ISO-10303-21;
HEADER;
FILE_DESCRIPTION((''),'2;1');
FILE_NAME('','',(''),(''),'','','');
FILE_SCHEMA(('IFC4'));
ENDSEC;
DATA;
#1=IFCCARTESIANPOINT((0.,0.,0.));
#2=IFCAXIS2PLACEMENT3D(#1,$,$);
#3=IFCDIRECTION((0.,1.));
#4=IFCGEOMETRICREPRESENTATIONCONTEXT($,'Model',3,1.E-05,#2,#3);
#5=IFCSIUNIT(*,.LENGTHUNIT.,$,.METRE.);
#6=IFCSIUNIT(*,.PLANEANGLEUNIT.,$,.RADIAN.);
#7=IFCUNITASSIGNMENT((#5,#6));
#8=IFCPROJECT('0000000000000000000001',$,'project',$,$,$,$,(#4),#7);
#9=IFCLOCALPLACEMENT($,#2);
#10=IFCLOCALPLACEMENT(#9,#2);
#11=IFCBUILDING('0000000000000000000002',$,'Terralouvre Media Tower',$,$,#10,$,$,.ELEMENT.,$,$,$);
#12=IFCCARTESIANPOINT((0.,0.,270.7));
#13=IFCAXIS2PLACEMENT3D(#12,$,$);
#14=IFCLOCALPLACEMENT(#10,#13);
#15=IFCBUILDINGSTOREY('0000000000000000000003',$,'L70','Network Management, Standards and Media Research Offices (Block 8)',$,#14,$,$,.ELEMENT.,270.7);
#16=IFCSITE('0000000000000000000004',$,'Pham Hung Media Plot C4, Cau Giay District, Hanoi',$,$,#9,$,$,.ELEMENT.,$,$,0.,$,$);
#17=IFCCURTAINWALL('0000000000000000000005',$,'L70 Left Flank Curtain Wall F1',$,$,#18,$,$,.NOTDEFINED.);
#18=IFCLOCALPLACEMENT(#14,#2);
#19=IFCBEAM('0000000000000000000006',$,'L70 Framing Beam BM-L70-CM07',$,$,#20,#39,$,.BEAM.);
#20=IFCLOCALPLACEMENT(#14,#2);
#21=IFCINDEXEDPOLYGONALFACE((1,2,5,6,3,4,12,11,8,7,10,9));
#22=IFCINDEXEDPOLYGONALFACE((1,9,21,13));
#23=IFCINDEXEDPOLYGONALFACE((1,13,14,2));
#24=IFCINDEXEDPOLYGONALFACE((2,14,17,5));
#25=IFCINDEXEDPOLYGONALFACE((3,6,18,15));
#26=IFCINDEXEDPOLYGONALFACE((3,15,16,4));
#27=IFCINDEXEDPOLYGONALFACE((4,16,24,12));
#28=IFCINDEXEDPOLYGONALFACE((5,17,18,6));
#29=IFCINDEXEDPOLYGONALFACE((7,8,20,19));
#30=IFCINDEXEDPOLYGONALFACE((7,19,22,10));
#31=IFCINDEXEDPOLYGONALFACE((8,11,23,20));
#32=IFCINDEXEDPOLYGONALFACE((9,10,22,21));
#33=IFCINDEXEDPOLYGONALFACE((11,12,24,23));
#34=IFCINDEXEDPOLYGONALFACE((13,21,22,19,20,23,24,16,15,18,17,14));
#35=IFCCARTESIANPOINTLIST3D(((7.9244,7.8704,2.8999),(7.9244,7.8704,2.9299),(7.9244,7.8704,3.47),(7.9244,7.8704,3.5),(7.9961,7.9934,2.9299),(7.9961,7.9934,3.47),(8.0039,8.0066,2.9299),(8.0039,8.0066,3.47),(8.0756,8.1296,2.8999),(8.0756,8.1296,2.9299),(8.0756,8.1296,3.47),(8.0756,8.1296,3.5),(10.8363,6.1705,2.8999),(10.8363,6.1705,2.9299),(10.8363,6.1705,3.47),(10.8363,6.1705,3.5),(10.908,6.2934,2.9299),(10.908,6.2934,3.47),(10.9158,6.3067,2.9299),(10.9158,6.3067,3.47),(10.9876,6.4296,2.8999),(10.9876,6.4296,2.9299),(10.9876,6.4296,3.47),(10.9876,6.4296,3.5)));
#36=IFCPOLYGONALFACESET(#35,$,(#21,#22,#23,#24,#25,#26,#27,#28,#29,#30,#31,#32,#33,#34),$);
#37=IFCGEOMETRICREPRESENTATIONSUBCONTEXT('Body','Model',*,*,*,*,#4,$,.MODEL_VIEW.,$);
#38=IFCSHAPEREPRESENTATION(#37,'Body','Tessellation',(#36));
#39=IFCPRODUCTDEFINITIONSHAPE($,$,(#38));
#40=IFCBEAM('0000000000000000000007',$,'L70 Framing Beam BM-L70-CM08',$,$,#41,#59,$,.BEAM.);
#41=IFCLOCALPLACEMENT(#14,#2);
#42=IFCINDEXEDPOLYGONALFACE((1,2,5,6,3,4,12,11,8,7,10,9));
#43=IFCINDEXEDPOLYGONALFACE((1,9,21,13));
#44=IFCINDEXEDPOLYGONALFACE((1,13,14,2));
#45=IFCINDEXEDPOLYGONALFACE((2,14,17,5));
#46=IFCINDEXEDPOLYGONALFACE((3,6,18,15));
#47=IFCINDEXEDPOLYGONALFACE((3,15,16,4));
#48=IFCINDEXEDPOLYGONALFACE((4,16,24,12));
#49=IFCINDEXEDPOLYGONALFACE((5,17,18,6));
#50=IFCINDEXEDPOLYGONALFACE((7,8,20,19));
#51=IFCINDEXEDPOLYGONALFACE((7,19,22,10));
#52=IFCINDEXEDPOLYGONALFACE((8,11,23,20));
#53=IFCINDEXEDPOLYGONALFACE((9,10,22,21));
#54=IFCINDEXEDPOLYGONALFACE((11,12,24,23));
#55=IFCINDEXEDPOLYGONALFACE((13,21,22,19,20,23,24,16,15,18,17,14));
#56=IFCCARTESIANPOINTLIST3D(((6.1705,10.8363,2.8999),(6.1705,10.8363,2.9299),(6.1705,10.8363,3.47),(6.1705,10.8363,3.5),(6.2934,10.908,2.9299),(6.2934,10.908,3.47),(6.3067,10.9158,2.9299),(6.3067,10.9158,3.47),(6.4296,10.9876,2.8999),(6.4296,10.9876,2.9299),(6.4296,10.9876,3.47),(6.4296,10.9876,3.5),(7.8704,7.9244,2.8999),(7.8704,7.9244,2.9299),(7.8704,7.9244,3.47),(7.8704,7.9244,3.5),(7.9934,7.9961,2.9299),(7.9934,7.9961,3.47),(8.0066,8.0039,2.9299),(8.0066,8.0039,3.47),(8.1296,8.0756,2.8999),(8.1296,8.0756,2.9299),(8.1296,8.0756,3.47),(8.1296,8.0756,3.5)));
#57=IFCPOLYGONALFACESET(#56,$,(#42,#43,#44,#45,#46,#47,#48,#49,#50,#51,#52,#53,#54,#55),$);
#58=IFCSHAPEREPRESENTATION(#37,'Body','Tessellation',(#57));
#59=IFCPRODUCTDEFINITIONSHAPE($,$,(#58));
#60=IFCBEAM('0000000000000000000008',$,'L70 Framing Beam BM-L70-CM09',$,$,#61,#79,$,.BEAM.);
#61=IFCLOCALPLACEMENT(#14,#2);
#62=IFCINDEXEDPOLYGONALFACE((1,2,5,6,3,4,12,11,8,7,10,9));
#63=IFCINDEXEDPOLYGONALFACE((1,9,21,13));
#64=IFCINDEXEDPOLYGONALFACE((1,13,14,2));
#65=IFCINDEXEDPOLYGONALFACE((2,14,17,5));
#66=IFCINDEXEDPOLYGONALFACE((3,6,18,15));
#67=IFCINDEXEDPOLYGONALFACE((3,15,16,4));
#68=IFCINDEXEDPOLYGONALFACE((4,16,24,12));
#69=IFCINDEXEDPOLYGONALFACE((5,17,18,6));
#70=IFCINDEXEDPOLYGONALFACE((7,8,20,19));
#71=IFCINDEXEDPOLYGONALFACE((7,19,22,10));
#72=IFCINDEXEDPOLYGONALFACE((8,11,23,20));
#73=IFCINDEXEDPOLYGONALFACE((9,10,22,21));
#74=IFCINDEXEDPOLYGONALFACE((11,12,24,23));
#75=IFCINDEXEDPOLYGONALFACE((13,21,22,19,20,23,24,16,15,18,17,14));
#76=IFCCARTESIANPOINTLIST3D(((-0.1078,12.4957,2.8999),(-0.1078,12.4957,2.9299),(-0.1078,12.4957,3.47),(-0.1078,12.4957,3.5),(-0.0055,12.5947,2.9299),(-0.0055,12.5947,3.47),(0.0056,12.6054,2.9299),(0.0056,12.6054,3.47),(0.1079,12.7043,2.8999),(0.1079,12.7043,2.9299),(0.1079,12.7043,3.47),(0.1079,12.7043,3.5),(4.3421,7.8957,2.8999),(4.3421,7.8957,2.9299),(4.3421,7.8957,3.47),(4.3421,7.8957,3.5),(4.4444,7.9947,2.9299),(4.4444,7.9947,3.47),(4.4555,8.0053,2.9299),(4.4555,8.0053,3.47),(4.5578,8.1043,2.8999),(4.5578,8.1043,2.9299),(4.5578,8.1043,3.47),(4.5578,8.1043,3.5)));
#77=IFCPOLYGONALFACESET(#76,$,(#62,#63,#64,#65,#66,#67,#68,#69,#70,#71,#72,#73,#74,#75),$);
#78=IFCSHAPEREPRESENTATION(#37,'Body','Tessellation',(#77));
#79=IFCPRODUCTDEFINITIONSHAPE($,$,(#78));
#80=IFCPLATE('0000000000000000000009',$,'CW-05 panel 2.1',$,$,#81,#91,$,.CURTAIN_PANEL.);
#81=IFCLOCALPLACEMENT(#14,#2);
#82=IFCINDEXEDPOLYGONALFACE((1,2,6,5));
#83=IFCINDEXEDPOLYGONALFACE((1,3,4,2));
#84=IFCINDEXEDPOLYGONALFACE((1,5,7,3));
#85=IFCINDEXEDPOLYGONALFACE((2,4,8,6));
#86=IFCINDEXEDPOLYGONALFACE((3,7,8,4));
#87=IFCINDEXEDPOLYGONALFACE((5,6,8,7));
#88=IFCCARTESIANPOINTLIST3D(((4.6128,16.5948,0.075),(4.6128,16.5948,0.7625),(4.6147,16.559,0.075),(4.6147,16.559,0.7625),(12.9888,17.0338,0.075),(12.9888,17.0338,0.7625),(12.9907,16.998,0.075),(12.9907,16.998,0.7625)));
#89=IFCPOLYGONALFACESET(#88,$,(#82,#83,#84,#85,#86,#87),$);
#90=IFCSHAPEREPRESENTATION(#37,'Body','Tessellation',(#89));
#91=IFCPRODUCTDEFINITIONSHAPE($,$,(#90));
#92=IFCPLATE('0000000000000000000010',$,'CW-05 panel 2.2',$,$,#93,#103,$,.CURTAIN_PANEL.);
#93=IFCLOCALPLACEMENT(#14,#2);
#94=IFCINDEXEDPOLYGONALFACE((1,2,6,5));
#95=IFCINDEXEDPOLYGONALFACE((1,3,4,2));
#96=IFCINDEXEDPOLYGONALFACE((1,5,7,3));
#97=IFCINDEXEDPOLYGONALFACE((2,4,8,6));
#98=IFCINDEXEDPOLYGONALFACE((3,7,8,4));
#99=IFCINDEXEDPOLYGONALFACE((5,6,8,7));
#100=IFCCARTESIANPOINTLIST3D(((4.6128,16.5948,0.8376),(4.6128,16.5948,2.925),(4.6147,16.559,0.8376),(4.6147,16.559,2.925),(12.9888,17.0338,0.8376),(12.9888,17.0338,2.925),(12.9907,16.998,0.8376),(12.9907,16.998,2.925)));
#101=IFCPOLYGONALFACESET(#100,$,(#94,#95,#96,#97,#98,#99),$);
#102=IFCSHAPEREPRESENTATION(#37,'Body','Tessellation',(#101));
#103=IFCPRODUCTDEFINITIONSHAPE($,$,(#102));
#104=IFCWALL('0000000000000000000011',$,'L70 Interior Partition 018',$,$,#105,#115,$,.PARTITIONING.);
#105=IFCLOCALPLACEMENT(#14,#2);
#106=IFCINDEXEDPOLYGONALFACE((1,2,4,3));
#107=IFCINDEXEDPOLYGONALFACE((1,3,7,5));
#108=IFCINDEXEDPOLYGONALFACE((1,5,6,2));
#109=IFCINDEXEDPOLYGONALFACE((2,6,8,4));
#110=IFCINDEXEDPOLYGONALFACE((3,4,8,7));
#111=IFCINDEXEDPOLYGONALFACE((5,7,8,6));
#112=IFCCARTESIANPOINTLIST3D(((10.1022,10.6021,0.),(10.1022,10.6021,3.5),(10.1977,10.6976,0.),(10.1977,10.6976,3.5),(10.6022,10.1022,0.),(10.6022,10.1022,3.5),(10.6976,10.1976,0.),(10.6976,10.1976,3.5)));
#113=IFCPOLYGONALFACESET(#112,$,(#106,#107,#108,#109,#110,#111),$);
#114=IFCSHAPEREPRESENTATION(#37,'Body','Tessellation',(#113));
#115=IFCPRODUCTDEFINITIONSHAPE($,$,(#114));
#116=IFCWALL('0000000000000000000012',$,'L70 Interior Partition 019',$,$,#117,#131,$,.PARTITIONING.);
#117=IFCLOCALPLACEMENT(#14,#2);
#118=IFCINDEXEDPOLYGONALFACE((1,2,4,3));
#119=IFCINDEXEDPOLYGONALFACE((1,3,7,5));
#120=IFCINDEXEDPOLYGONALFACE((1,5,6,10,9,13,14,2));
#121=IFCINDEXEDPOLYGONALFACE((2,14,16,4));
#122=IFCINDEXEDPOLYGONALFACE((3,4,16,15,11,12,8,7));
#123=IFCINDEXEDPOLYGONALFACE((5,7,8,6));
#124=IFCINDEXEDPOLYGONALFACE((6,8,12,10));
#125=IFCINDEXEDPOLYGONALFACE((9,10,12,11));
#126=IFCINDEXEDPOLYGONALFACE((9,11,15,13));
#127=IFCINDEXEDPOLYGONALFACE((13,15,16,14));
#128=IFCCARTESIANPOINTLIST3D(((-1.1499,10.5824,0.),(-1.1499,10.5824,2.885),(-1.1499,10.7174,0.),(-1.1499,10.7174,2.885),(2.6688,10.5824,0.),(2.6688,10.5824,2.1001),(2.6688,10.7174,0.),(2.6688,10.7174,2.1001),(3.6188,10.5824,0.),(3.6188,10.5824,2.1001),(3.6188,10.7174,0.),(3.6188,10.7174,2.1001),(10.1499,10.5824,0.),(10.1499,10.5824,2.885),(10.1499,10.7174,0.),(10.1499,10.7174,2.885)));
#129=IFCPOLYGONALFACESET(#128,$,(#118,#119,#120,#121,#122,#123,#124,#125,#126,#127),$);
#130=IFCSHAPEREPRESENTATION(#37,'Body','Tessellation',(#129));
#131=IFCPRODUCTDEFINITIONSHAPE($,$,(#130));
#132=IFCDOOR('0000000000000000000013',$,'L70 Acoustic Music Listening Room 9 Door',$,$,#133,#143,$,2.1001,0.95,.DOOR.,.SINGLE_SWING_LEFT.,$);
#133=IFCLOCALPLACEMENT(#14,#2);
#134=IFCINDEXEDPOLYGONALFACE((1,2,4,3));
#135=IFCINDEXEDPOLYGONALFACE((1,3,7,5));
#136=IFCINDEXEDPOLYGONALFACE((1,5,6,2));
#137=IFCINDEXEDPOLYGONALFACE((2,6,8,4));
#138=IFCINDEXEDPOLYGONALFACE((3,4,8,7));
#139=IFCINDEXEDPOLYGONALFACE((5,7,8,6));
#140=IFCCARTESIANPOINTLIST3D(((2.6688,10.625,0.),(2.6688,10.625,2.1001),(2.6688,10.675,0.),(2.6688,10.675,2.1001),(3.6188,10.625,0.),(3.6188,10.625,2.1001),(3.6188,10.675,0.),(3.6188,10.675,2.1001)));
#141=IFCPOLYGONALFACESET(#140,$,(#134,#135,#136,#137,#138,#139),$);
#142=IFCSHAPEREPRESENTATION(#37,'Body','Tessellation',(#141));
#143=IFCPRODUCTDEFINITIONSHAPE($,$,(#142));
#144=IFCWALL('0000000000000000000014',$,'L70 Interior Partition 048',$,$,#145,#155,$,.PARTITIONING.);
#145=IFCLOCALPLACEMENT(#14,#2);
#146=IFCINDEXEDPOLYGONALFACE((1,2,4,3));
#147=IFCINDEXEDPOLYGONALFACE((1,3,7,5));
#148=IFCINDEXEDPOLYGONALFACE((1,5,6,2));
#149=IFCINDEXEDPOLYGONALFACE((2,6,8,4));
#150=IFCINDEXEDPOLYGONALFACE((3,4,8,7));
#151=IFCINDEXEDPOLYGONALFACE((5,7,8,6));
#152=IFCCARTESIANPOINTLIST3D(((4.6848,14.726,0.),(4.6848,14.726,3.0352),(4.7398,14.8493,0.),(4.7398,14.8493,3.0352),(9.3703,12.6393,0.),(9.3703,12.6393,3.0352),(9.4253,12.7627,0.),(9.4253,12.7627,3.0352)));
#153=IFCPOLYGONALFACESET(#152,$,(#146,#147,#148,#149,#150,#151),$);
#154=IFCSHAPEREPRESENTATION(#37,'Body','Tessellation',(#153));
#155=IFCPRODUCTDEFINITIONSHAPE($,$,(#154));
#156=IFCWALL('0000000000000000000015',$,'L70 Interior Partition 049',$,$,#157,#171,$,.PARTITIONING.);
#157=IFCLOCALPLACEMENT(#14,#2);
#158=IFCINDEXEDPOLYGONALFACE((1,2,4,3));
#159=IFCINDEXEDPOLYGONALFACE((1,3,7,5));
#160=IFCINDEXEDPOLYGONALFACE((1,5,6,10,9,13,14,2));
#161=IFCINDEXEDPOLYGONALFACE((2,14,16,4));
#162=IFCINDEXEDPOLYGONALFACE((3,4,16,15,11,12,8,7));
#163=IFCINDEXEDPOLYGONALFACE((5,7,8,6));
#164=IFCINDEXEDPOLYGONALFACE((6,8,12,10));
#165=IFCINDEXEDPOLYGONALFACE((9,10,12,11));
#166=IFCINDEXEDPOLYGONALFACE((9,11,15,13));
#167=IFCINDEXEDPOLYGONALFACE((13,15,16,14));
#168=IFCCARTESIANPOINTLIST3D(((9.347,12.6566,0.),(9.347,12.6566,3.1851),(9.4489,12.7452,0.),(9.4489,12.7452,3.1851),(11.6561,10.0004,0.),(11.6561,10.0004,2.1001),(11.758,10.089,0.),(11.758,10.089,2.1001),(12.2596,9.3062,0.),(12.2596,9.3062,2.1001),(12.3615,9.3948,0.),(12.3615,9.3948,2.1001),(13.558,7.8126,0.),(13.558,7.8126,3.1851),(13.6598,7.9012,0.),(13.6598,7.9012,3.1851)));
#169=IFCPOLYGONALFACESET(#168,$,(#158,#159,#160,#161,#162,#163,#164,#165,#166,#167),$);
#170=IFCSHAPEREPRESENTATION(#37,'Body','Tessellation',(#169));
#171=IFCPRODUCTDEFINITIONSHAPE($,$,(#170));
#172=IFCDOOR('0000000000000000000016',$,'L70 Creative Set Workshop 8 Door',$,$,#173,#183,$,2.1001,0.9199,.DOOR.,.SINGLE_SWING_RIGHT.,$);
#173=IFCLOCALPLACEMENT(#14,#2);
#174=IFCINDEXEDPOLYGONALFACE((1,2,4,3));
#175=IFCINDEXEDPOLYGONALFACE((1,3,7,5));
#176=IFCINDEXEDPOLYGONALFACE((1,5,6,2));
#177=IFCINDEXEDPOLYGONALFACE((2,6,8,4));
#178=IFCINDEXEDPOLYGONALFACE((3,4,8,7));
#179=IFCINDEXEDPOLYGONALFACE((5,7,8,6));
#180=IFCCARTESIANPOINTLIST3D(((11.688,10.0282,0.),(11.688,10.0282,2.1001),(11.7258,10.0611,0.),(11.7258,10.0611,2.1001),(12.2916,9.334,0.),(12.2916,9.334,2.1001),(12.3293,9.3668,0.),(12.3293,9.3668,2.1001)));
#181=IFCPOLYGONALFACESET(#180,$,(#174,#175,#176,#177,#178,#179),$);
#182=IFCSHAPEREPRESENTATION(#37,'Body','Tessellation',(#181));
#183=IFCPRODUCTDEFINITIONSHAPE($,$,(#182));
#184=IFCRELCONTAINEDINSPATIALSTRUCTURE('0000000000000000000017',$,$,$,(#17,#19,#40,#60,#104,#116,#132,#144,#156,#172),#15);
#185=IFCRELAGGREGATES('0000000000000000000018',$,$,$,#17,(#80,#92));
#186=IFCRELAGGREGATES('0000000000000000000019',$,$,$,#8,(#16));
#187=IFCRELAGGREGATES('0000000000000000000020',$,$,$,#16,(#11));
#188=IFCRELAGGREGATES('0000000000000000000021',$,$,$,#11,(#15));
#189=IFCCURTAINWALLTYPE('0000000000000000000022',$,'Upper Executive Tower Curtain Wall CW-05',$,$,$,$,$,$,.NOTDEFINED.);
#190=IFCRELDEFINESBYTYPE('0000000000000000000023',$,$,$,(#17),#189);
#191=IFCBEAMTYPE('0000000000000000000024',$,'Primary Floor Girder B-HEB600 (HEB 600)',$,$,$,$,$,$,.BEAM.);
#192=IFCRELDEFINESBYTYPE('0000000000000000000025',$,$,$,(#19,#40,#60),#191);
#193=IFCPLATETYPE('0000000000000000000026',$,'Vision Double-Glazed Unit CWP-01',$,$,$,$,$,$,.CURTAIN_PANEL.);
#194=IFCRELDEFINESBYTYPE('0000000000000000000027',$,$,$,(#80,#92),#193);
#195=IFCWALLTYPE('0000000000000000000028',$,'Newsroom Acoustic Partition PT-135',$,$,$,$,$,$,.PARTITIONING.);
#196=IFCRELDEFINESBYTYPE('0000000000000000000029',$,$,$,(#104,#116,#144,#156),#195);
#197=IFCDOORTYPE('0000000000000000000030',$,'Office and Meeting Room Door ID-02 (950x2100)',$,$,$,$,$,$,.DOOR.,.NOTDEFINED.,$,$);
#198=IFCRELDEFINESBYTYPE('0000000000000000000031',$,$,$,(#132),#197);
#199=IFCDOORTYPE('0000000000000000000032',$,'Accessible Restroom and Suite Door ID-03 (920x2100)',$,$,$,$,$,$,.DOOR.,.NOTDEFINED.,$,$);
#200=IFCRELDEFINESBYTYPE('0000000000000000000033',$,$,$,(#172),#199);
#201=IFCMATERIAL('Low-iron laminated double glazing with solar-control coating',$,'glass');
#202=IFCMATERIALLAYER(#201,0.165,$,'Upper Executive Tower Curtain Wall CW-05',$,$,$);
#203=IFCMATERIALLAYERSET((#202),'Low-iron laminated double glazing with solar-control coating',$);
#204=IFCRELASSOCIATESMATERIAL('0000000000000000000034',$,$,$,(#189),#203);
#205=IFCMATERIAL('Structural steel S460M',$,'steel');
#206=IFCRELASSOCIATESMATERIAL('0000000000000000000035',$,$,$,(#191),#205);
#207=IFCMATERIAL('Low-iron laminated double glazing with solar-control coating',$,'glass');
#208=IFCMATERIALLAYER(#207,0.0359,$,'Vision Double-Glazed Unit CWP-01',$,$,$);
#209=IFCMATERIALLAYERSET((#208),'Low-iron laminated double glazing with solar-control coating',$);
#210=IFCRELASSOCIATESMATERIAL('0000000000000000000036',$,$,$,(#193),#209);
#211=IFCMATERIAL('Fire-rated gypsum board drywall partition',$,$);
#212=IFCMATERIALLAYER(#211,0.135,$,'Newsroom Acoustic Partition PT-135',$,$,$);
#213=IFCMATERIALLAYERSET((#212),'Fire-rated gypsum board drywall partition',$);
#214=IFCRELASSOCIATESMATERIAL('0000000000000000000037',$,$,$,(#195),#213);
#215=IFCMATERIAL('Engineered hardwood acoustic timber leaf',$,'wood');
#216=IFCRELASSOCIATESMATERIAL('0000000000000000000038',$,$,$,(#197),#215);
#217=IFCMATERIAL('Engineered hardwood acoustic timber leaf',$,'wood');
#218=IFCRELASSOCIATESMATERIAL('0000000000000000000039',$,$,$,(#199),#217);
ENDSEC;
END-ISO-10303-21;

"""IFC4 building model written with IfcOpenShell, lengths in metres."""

from ifc_helpers import new_model, si_unit, direction, frame, frame_2d, origin, origin_2d, place, context, subcontext, project, spatial, rectangle, i_section, extrude, material, layer, layer_set, material_profile, profile_set, type_object, element, fill, aggregate, save


model = new_model("IFC4")

# Units and contexts
model_context = context("Model", 3, precision=1e-05, world=origin(), true_north=direction((0.0, 1.0)))
body_context = subcontext(model_context, "Body", "Model", "MODEL_VIEW")
ifc_project = project(units=[si_unit("LENGTHUNIT", "METRE"), si_unit("PLANEANGLEUNIT", "RADIAN")], contexts=[model_context])

# Site, building, storey
site_placement = place(None, origin())
site = spatial("IfcSite", under=ifc_project, at=site_placement, Name="Pham Hung Media Plot C4, Cau Giay District, Hanoi", CompositionType="ELEMENT", RefElevation=0.0)
building_placement = place(site_placement, origin())
building = spatial("IfcBuilding", under=site, at=building_placement, Name="Terralouvre Media Tower", CompositionType="ELEMENT")
storey_placement = place(building_placement, frame((0.0, 0.0, 270.7)))
storey = spatial("IfcBuildingStorey", under=building, at=storey_placement, Name="L70", Description="Network Management, Standards and Media Research Offices (Block 8)", CompositionType="ELEMENT", Elevation=270.7)

# Curtain wall
ifc_material_1 = material(Name="Low-iron laminated double glazing with solar-control coating", Category="glass")
ifc_layer_1 = layer(ifc_material_1, 0.165, Name="Upper Executive Tower Curtain Wall CW-05")
ifc_layer_set_1 = layer_set([ifc_layer_1], Name="Low-iron laminated double glazing with solar-control coating")
curtain_wall_type = type_object("IfcCurtainWallType", Name="Upper Executive Tower Curtain Wall CW-05", PredefinedType="NOTDEFINED", material=ifc_layer_set_1)
curtain_wall_placement = place(storey_placement, origin())
curtain_wall = element("IfcCurtainWall", 1, at=curtain_wall_placement, inside=storey, type_object=curtain_wall_type, Name="L70 Left Flank Curtain Wall F1", PredefinedType="NOTDEFINED")

# Beams
ifc_material_2 = material(Name="Structural steel S460M", Category="steel")
ifc_material_profile_1 = material_profile(ifc_material_2, i_section(OverallWidth=0.3, OverallDepth=0.6001, WebThickness=0.0154, FlangeThickness=0.03, at=origin_2d()), Name="HEB 600")
ifc_profile_set_1 = profile_set([ifc_material_profile_1], Name="Structural steel S460M")
beam_type_1 = type_object("IfcBeamType", Name="Primary Floor Girder B-HEB600 (HEB 600)", PredefinedType="BEAM", material=ifc_profile_set_1)
for number, where, z_axis, x_axis, name in (
    (2, (8.0, 8.0, 3.2), (0.863603, -0.504173, 0.0), (0.504173, 0.863603, 0.0), "L70 Framing Beam BM-L70-CM07"),
    (3, (8.0, 8.0, 3.2), (-0.504173, 0.863603, 0.0), (-0.863603, -0.504173, 0.0), "L70 Framing Beam BM-L70-CM08"),
):
    element("IfcBeam", number, at=place(storey_placement, frame(where, z_axis=z_axis, x_axis=x_axis)), inside=storey, type_object=beam_type_1, Name=name, PredefinedType="BEAM", context=body_context, shape_type="SweptSolid", body=[
        extrude(i_section(OverallWidth=0.3, OverallDepth=0.6001, WebThickness=0.0154, FlangeThickness=0.03, at=origin_2d()), origin(), (0.0, 0.0, 1.0), 3.3718),
    ])
beam_1_placement = place(storey_placement, frame((4.45, 8.0, 3.2), z_axis=(-0.69528, 0.718739, 0.0), x_axis=(-0.718739, -0.69528, 0.0)))
element("IfcBeam", 4, at=beam_1_placement, inside=storey, type_object=beam_type_1, Name="L70 Framing Beam BM-L70-CM09", PredefinedType="BEAM", context=body_context, shape_type="SweptSolid", body=[
    extrude(i_section(OverallWidth=0.3, OverallDepth=0.6001, WebThickness=0.0154, FlangeThickness=0.03, at=origin_2d()), origin(), (0.0, 0.0, 1.0), 6.4001),
])

# Plates
ifc_material_3 = material(Name="Low-iron laminated double glazing with solar-control coating", Category="glass")
ifc_layer_2 = layer(ifc_material_3, 0.0359, Name="Vision Double-Glazed Unit CWP-01")
ifc_layer_set_2 = layer_set([ifc_layer_2], Name="Low-iron laminated double glazing with solar-control coating")
plate_type = type_object("IfcPlateType", Name="Vision Double-Glazed Unit CWP-01", PredefinedType="CURTAIN_PANEL", material=ifc_layer_set_2)
plate_1_placement = place(storey_placement, frame((8.8018, 16.7964, 0.075), z_axis=(0.0, 0.0, 1.0), x_axis=(-0.99863, -0.052336, 0.0)))
plate_1 = element("IfcPlate", 5, at=plate_1_placement, type_object=plate_type, Name="CW-05 panel 2.1", PredefinedType="CURTAIN_PANEL", context=body_context, shape_type="SweptSolid", body=[
    extrude(rectangle(XDim=8.3875, YDim=0.0359, at=origin_2d()), origin(), (0.0, 0.0, 1.0), 0.6875),
])
plate_2_placement = place(storey_placement, frame((8.8018, 16.7964, 0.8376), z_axis=(0.0, 0.0, 1.0), x_axis=(-0.99863, -0.052336, 0.0)))
plate_2 = element("IfcPlate", 6, at=plate_2_placement, type_object=plate_type, Name="CW-05 panel 2.2", PredefinedType="CURTAIN_PANEL", context=body_context, shape_type="SweptSolid", body=[
    extrude(rectangle(XDim=8.3875, YDim=0.0359, at=origin_2d()), origin(), (0.0, 0.0, 1.0), 2.0874),
])
aggregate(curtain_wall, [plate_1, plate_2])

# Wall
ifc_material_4 = material(Name="Fire-rated gypsum board drywall partition")
ifc_layer_3 = layer(ifc_material_4, 0.135, Name="Newsroom Acoustic Partition PT-135")
ifc_layer_set_3 = layer_set([ifc_layer_3], Name="Fire-rated gypsum board drywall partition")
wall_type_1 = type_object("IfcWallType", Name="Newsroom Acoustic Partition PT-135", PredefinedType="PARTITIONING", material=ifc_layer_set_3)
wall_1_placement = place(storey_placement, frame((10.6499, 10.1499, 0.0), z_axis=(0.0, 0.0, 1.0), x_axis=(-0.707107, 0.707107, 0.0)))
element("IfcWall", 7, at=wall_1_placement, inside=storey, type_object=wall_type_1, Name="L70 Interior Partition 018", PredefinedType="PARTITIONING", context=body_context, shape_type="SweptSolid", body=[
    extrude(rectangle(XDim=0.707, YDim=0.135, at=frame_2d((0.3535, 0.0))), origin(), (0.0, 0.0, 1.0), 3.5),
])

# Wall, opening, door
wall_2_placement = place(storey_placement, frame((10.1499, 10.6499, 0.0), z_axis=(0.0, 0.0, 1.0), x_axis=(-1.0, 0.0, 0.0)))
wall_2 = element("IfcWall", 8, at=wall_2_placement, inside=storey, type_object=wall_type_1, Name="L70 Interior Partition 019", PredefinedType="PARTITIONING", context=body_context, shape_type="SweptSolid", body=[
    extrude(rectangle(XDim=11.2998, YDim=0.135, at=frame_2d((5.6499, 0.0))), origin(), (0.0, 0.0, 1.0), 2.885),
])
opening_1_placement = place(wall_2_placement, frame((6.531, 0.0, 0.0)))
opening_1 = element("IfcOpeningElement", 9, at=opening_1_placement, cuts=wall_2, PredefinedType="OPENING", context=body_context, shape_type="SweptSolid", body=[
    extrude(rectangle(XDim=0.95, YDim=2.1001, at=frame_2d((0.4751, 1.05))), frame((0.0, 0.0774, 0.0), z_axis=(0.0, -1.0, 0.0), x_axis=(1.0, 0.0, 0.0)), (0.0, 0.0, 1.0), 0.155),
])
ifc_material_5 = material(Name="Engineered hardwood acoustic timber leaf", Category="wood")
door_type_1 = type_object("IfcDoorType", Name="Office and Meeting Room Door ID-02 (950x2100)", OperationType="NOTDEFINED", PredefinedType="DOOR", material=ifc_material_5)
door_1_placement = place(opening_1_placement, origin())
door_1 = element("IfcDoor", 10, at=door_1_placement, inside=storey, type_object=door_type_1, Name="L70 Acoustic Music Listening Room 9 Door", OperationType="SINGLE_SWING_LEFT", OverallHeight=2.1001, OverallWidth=0.95, PredefinedType="DOOR", context=body_context, shape_type="SweptSolid", body=[
    extrude(rectangle(XDim=0.95, YDim=2.1001, at=frame_2d((0.4751, 1.05))), frame((0.0, 0.0249, 0.0), z_axis=(0.0, -1.0, 0.0), x_axis=(1.0, 0.0, 0.0)), (0.0, 0.0, 1.0), 0.05),
])
fill(opening_1, door_1)

# Wall
wall_3_placement = place(storey_placement, frame((4.7124, 14.7876, 0.0), z_axis=(0.0, 0.0, 1.0), x_axis=(0.913507, -0.406823, 0.0)))
element("IfcWall", 11, at=wall_3_placement, inside=storey, type_object=wall_type_1, Name="L70 Interior Partition 048", PredefinedType="PARTITIONING", context=body_context, shape_type="SweptSolid", body=[
    extrude(rectangle(XDim=5.1292, YDim=0.135, at=frame_2d((2.5645, 0.0))), origin(), (0.0, 0.0, 1.0), 3.0352),
])

# Wall, opening, door
wall_4_placement = place(storey_placement, frame((9.3979, 12.7009, 0.0), z_axis=(0.0, 0.0, 1.0), x_axis=(0.656069, -0.754701, 0.0)))
wall_4 = element("IfcWall", 12, at=wall_4_placement, inside=storey, type_object=wall_type_1, Name="L70 Interior Partition 049", PredefinedType="PARTITIONING", context=body_context, shape_type="SweptSolid", body=[
    extrude(rectangle(XDim=6.4185, YDim=0.135, at=frame_2d((3.2092, 0.0))), origin(), (0.0, 0.0, 1.0), 3.1851),
])
opening_2_placement = place(wall_4_placement, frame((3.5195, 0.0, 0.0)))
opening_2 = element("IfcOpeningElement", 13, at=opening_2_placement, cuts=wall_4, PredefinedType="OPENING", context=body_context, shape_type="SweptSolid", body=[
    extrude(rectangle(XDim=0.9199, YDim=2.1001, at=frame_2d((0.46, 1.05))), frame((0.0, 0.0774, 0.0), z_axis=(0.0, -1.0, 0.0), x_axis=(1.0, 0.0, 0.0)), (0.0, 0.0, 1.0), 0.155),
])
ifc_material_6 = material(Name="Engineered hardwood acoustic timber leaf", Category="wood")
door_type_2 = type_object("IfcDoorType", Name="Accessible Restroom and Suite Door ID-03 (920x2100)", OperationType="NOTDEFINED", PredefinedType="DOOR", material=ifc_material_6)
door_2_placement = place(opening_2_placement, origin())
door_2 = element("IfcDoor", 14, at=door_2_placement, inside=storey, type_object=door_type_2, Name="L70 Creative Set Workshop 8 Door", OperationType="SINGLE_SWING_RIGHT", OverallHeight=2.1001, OverallWidth=0.9199, PredefinedType="DOOR", context=body_context, shape_type="SweptSolid", body=[
    extrude(rectangle(XDim=0.9199, YDim=2.1001, at=frame_2d((0.46, 1.05))), frame((0.0, 0.0249, 0.0), z_axis=(0.0, -1.0, 0.0), x_axis=(1.0, 0.0, 0.0)), (0.0, 0.0, 1.0), 0.05),
])
fill(opening_2, door_2)

save(model, "model.ifc")
